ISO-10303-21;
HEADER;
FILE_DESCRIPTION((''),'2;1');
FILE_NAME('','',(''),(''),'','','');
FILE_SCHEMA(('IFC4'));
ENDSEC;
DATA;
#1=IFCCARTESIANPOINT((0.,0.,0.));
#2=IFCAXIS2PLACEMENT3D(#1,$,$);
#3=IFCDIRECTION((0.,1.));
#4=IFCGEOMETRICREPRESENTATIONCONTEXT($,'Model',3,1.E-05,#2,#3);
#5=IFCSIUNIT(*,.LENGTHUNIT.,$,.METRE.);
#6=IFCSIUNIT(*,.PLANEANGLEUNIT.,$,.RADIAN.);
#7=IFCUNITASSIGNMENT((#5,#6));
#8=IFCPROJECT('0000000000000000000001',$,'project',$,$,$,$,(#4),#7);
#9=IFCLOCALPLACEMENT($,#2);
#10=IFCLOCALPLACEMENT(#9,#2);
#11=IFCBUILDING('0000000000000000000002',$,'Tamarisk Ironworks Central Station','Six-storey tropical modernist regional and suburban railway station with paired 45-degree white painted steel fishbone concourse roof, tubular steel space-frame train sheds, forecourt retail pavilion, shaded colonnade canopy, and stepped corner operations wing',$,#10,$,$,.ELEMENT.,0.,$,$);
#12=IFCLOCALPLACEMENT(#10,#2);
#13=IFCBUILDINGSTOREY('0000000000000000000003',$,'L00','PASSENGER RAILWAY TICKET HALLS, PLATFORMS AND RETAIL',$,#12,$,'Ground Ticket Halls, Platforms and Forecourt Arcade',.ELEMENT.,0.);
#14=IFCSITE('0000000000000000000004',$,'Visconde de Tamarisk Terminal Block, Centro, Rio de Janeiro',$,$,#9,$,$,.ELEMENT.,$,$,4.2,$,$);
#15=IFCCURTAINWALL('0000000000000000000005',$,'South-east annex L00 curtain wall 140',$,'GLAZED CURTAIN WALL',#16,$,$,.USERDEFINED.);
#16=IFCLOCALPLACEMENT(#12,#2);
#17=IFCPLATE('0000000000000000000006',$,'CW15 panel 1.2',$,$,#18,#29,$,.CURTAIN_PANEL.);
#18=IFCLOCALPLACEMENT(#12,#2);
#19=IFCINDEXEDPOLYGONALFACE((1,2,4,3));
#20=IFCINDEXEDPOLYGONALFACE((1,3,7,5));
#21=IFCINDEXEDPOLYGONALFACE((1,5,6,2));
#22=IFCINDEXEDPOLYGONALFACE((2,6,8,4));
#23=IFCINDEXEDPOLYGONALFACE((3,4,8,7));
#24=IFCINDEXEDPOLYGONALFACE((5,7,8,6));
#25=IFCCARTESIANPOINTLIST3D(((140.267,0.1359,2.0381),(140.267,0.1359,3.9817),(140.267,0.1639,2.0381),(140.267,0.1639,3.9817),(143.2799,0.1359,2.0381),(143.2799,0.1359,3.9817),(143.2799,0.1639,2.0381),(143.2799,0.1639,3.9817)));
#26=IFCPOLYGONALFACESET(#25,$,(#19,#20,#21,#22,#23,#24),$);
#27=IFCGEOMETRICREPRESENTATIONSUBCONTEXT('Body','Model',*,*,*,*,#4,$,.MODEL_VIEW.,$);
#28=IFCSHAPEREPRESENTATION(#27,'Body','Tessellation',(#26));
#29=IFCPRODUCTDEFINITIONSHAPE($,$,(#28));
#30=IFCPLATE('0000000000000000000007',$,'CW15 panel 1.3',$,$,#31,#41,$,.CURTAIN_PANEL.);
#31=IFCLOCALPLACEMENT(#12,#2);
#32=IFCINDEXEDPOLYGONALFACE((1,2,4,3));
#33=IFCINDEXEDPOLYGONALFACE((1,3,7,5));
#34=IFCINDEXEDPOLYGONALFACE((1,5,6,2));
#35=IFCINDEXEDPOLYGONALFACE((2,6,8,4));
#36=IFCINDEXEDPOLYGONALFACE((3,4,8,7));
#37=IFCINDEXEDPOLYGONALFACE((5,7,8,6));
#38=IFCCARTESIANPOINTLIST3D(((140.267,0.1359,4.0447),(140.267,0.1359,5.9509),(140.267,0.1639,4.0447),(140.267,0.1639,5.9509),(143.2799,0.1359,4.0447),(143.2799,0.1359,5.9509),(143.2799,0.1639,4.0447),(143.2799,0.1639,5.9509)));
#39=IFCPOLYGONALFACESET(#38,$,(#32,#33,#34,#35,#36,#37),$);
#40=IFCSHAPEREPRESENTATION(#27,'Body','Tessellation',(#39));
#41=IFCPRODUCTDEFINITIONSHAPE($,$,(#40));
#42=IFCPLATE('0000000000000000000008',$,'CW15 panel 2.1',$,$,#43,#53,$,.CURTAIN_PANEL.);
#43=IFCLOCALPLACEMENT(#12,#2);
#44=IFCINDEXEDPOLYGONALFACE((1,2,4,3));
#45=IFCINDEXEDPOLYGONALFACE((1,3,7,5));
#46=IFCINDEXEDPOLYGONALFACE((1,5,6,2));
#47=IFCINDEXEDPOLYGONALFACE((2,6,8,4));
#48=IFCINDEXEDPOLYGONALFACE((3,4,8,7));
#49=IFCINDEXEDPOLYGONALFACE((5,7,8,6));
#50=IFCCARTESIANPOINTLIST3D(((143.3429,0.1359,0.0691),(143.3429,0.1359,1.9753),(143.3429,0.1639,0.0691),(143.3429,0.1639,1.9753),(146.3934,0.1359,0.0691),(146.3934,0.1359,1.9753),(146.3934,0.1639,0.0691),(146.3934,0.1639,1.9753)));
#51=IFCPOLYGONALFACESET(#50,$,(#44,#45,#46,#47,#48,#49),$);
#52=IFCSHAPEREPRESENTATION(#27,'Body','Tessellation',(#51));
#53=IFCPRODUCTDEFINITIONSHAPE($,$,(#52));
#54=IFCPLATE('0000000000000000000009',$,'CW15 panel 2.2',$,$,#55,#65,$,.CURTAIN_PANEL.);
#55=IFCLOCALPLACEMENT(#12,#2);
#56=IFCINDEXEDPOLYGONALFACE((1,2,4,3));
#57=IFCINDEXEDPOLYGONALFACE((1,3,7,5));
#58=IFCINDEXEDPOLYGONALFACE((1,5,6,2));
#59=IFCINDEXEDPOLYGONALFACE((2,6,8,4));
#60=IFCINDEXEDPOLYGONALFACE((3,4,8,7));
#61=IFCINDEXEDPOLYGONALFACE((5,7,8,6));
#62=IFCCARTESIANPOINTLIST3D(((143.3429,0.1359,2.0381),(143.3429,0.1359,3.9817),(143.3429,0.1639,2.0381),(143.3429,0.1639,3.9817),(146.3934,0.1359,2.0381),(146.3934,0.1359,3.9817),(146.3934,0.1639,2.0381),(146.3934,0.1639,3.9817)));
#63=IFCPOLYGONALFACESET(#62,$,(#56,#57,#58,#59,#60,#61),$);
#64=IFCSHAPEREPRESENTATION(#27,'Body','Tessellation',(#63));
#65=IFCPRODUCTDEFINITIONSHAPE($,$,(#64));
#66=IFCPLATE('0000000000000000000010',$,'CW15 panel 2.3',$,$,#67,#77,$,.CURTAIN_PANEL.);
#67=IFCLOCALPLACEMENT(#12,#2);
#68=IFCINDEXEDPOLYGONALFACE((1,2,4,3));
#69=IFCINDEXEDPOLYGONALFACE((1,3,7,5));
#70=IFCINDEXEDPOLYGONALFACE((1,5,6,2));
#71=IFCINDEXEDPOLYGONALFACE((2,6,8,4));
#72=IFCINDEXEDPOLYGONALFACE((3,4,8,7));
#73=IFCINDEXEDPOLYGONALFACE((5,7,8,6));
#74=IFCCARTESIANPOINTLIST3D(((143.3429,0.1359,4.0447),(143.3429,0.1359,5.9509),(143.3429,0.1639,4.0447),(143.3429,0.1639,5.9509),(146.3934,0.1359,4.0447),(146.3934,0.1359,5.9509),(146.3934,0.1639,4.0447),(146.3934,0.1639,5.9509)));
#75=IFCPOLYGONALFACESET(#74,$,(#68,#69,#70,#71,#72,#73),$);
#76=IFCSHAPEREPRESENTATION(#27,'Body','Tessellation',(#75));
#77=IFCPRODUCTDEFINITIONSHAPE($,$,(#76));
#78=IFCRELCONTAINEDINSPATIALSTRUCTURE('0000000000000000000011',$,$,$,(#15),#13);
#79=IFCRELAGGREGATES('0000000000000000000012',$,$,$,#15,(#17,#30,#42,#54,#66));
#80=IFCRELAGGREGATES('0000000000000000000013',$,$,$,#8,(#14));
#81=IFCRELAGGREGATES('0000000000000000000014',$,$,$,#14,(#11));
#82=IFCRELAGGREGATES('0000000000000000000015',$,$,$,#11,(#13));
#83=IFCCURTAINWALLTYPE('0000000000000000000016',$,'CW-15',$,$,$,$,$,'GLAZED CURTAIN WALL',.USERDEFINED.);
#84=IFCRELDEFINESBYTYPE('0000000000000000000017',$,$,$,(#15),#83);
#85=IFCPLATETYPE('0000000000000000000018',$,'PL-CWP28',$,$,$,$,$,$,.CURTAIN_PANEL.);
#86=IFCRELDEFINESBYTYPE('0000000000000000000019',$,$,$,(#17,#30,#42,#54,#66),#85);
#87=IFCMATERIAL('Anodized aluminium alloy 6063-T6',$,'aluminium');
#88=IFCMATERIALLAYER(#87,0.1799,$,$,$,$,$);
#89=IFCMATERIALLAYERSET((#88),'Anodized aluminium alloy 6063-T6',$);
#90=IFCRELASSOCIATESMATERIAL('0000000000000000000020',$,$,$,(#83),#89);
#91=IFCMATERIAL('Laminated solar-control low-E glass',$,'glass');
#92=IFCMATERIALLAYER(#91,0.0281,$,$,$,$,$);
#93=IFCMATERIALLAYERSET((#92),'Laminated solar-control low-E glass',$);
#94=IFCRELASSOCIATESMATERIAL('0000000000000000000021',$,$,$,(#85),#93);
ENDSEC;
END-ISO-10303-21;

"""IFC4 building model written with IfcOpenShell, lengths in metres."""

from ifc_helpers import new_model, si_unit, direction, frame, origin, origin_2d, place, context, subcontext, project, spatial, rectangle, extrude, material, layer, layer_set, type_object, element, aggregate, save


model = new_model("IFC4")

# Units and contexts
model_context = context("Model", 3, precision=1e-05, world=origin(), true_north=direction((0.0, 1.0)))
body_context = subcontext(model_context, "Body", "Model", "MODEL_VIEW")
ifc_project = project(units=[si_unit("LENGTHUNIT", "METRE"), si_unit("PLANEANGLEUNIT", "RADIAN")], contexts=[model_context])

# Site, building, storey
site_placement = place(None, origin())
site = spatial("IfcSite", under=ifc_project, at=site_placement, Name="Visconde de Tamarisk Terminal Block, Centro, Rio de Janeiro", CompositionType="ELEMENT", RefElevation=4.2)
building_placement = place(site_placement, origin())
building = spatial("IfcBuilding", under=site, at=building_placement, Name="Tamarisk Ironworks Central Station", Description="Six-storey tropical modernist regional and suburban railway station with paired 45-degree white painted steel fishbone concourse roof, tubular steel space-frame train sheds, forecourt retail pavilion, shaded colonnade canopy, and stepped corner operations wing", CompositionType="ELEMENT", ElevationOfRefHeight=0.0)
storey_placement = place(building_placement, origin())
storey = spatial("IfcBuildingStorey", under=building, at=storey_placement, Name="L00", Description="PASSENGER RAILWAY TICKET HALLS, PLATFORMS AND RETAIL", LongName="Ground Ticket Halls, Platforms and Forecourt Arcade", CompositionType="ELEMENT", Elevation=0.0)

# Shared definitions
ifc_material_1 = material(Name="Anodized aluminium alloy 6063-T6", Category="aluminium")
ifc_layer_1 = layer(ifc_material_1, 0.1799)
ifc_layer_set_1 = layer_set([ifc_layer_1], Name="Anodized aluminium alloy 6063-T6")
curtain_wall_type = type_object("IfcCurtainWallType", Name="CW-15", ElementType="GLAZED CURTAIN WALL", PredefinedType="USERDEFINED", material=ifc_layer_set_1)

# Curtain wall
curtain_wall_1_placement = place(storey_placement, origin())
curtain_wall_1 = element("IfcCurtainWall", 1, at=curtain_wall_1_placement, inside=storey, type_object=curtain_wall_type, Name="South-east annex L00 curtain wall 140", ObjectType="GLAZED CURTAIN WALL", PredefinedType="USERDEFINED")

# Plates
ifc_material_2 = material(Name="Laminated solar-control low-E glass", Category="glass")
ifc_layer_2 = layer(ifc_material_2, 0.0281)
ifc_layer_set_2 = layer_set([ifc_layer_2], Name="Laminated solar-control low-E glass")
plate_type = type_object("IfcPlateType", Name="PL-CWP28", PredefinedType="CURTAIN_PANEL", material=ifc_layer_set_2)
plate_1_placement = place(storey_placement, frame((141.7734, 0.1499, 2.0381), z_axis=(0.0, 0.0, 1.0), x_axis=(1.0, 0.0, 0.0)))
plate_1 = element("IfcPlate", 2, at=plate_1_placement, type_object=plate_type, Name="CW15 panel 1.2", PredefinedType="CURTAIN_PANEL", context=body_context, shape_type="SweptSolid", body=[
    extrude(rectangle(XDim=3.0129, YDim=0.0281, at=origin_2d()), origin(), (0.0, 0.0, 1.0), 1.9436),
])
plate_2_placement = place(storey_placement, frame((141.7734, 0.1499, 4.0447), z_axis=(0.0, 0.0, 1.0), x_axis=(1.0, 0.0, 0.0)))
plate_2 = element("IfcPlate", 3, at=plate_2_placement, type_object=plate_type, Name="CW15 panel 1.3", PredefinedType="CURTAIN_PANEL", context=body_context, shape_type="SweptSolid", body=[
    extrude(rectangle(XDim=3.0129, YDim=0.0281, at=origin_2d()), origin(), (0.0, 0.0, 1.0), 1.9062),
])
plate_3_placement = place(storey_placement, frame((144.8682, 0.1499, 0.0691), z_axis=(0.0, 0.0, 1.0), x_axis=(1.0, 0.0, 0.0)))
plate_3 = element("IfcPlate", 4, at=plate_3_placement, type_object=plate_type, Name="CW15 panel 2.1", PredefinedType="CURTAIN_PANEL", context=body_context, shape_type="SweptSolid", body=[
    extrude(rectangle(XDim=3.0505, YDim=0.0281, at=origin_2d()), origin(), (0.0, 0.0, 1.0), 1.9062),
])
plate_4_placement = place(storey_placement, frame((144.8682, 0.1499, 2.0381), z_axis=(0.0, 0.0, 1.0), x_axis=(1.0, 0.0, 0.0)))
plate_4 = element("IfcPlate", 5, at=plate_4_placement, type_object=plate_type, Name="CW15 panel 2.2", PredefinedType="CURTAIN_PANEL", context=body_context, shape_type="SweptSolid", body=[
    extrude(rectangle(XDim=3.0505, YDim=0.0281, at=origin_2d()), origin(), (0.0, 0.0, 1.0), 1.9436),
])
plate_5_placement = place(storey_placement, frame((144.8682, 0.1499, 4.0447), z_axis=(0.0, 0.0, 1.0), x_axis=(1.0, 0.0, 0.0)))
plate_5 = element("IfcPlate", 6, at=plate_5_placement, type_object=plate_type, Name="CW15 panel 2.3", PredefinedType="CURTAIN_PANEL", context=body_context, shape_type="SweptSolid", body=[
    extrude(rectangle(XDim=3.0505, YDim=0.0281, at=origin_2d()), origin(), (0.0, 0.0, 1.0), 1.9062),
])
aggregate(curtain_wall_1, [plate_1, plate_2, plate_3, plate_4, plate_5])

save(model, "model.ifc")
